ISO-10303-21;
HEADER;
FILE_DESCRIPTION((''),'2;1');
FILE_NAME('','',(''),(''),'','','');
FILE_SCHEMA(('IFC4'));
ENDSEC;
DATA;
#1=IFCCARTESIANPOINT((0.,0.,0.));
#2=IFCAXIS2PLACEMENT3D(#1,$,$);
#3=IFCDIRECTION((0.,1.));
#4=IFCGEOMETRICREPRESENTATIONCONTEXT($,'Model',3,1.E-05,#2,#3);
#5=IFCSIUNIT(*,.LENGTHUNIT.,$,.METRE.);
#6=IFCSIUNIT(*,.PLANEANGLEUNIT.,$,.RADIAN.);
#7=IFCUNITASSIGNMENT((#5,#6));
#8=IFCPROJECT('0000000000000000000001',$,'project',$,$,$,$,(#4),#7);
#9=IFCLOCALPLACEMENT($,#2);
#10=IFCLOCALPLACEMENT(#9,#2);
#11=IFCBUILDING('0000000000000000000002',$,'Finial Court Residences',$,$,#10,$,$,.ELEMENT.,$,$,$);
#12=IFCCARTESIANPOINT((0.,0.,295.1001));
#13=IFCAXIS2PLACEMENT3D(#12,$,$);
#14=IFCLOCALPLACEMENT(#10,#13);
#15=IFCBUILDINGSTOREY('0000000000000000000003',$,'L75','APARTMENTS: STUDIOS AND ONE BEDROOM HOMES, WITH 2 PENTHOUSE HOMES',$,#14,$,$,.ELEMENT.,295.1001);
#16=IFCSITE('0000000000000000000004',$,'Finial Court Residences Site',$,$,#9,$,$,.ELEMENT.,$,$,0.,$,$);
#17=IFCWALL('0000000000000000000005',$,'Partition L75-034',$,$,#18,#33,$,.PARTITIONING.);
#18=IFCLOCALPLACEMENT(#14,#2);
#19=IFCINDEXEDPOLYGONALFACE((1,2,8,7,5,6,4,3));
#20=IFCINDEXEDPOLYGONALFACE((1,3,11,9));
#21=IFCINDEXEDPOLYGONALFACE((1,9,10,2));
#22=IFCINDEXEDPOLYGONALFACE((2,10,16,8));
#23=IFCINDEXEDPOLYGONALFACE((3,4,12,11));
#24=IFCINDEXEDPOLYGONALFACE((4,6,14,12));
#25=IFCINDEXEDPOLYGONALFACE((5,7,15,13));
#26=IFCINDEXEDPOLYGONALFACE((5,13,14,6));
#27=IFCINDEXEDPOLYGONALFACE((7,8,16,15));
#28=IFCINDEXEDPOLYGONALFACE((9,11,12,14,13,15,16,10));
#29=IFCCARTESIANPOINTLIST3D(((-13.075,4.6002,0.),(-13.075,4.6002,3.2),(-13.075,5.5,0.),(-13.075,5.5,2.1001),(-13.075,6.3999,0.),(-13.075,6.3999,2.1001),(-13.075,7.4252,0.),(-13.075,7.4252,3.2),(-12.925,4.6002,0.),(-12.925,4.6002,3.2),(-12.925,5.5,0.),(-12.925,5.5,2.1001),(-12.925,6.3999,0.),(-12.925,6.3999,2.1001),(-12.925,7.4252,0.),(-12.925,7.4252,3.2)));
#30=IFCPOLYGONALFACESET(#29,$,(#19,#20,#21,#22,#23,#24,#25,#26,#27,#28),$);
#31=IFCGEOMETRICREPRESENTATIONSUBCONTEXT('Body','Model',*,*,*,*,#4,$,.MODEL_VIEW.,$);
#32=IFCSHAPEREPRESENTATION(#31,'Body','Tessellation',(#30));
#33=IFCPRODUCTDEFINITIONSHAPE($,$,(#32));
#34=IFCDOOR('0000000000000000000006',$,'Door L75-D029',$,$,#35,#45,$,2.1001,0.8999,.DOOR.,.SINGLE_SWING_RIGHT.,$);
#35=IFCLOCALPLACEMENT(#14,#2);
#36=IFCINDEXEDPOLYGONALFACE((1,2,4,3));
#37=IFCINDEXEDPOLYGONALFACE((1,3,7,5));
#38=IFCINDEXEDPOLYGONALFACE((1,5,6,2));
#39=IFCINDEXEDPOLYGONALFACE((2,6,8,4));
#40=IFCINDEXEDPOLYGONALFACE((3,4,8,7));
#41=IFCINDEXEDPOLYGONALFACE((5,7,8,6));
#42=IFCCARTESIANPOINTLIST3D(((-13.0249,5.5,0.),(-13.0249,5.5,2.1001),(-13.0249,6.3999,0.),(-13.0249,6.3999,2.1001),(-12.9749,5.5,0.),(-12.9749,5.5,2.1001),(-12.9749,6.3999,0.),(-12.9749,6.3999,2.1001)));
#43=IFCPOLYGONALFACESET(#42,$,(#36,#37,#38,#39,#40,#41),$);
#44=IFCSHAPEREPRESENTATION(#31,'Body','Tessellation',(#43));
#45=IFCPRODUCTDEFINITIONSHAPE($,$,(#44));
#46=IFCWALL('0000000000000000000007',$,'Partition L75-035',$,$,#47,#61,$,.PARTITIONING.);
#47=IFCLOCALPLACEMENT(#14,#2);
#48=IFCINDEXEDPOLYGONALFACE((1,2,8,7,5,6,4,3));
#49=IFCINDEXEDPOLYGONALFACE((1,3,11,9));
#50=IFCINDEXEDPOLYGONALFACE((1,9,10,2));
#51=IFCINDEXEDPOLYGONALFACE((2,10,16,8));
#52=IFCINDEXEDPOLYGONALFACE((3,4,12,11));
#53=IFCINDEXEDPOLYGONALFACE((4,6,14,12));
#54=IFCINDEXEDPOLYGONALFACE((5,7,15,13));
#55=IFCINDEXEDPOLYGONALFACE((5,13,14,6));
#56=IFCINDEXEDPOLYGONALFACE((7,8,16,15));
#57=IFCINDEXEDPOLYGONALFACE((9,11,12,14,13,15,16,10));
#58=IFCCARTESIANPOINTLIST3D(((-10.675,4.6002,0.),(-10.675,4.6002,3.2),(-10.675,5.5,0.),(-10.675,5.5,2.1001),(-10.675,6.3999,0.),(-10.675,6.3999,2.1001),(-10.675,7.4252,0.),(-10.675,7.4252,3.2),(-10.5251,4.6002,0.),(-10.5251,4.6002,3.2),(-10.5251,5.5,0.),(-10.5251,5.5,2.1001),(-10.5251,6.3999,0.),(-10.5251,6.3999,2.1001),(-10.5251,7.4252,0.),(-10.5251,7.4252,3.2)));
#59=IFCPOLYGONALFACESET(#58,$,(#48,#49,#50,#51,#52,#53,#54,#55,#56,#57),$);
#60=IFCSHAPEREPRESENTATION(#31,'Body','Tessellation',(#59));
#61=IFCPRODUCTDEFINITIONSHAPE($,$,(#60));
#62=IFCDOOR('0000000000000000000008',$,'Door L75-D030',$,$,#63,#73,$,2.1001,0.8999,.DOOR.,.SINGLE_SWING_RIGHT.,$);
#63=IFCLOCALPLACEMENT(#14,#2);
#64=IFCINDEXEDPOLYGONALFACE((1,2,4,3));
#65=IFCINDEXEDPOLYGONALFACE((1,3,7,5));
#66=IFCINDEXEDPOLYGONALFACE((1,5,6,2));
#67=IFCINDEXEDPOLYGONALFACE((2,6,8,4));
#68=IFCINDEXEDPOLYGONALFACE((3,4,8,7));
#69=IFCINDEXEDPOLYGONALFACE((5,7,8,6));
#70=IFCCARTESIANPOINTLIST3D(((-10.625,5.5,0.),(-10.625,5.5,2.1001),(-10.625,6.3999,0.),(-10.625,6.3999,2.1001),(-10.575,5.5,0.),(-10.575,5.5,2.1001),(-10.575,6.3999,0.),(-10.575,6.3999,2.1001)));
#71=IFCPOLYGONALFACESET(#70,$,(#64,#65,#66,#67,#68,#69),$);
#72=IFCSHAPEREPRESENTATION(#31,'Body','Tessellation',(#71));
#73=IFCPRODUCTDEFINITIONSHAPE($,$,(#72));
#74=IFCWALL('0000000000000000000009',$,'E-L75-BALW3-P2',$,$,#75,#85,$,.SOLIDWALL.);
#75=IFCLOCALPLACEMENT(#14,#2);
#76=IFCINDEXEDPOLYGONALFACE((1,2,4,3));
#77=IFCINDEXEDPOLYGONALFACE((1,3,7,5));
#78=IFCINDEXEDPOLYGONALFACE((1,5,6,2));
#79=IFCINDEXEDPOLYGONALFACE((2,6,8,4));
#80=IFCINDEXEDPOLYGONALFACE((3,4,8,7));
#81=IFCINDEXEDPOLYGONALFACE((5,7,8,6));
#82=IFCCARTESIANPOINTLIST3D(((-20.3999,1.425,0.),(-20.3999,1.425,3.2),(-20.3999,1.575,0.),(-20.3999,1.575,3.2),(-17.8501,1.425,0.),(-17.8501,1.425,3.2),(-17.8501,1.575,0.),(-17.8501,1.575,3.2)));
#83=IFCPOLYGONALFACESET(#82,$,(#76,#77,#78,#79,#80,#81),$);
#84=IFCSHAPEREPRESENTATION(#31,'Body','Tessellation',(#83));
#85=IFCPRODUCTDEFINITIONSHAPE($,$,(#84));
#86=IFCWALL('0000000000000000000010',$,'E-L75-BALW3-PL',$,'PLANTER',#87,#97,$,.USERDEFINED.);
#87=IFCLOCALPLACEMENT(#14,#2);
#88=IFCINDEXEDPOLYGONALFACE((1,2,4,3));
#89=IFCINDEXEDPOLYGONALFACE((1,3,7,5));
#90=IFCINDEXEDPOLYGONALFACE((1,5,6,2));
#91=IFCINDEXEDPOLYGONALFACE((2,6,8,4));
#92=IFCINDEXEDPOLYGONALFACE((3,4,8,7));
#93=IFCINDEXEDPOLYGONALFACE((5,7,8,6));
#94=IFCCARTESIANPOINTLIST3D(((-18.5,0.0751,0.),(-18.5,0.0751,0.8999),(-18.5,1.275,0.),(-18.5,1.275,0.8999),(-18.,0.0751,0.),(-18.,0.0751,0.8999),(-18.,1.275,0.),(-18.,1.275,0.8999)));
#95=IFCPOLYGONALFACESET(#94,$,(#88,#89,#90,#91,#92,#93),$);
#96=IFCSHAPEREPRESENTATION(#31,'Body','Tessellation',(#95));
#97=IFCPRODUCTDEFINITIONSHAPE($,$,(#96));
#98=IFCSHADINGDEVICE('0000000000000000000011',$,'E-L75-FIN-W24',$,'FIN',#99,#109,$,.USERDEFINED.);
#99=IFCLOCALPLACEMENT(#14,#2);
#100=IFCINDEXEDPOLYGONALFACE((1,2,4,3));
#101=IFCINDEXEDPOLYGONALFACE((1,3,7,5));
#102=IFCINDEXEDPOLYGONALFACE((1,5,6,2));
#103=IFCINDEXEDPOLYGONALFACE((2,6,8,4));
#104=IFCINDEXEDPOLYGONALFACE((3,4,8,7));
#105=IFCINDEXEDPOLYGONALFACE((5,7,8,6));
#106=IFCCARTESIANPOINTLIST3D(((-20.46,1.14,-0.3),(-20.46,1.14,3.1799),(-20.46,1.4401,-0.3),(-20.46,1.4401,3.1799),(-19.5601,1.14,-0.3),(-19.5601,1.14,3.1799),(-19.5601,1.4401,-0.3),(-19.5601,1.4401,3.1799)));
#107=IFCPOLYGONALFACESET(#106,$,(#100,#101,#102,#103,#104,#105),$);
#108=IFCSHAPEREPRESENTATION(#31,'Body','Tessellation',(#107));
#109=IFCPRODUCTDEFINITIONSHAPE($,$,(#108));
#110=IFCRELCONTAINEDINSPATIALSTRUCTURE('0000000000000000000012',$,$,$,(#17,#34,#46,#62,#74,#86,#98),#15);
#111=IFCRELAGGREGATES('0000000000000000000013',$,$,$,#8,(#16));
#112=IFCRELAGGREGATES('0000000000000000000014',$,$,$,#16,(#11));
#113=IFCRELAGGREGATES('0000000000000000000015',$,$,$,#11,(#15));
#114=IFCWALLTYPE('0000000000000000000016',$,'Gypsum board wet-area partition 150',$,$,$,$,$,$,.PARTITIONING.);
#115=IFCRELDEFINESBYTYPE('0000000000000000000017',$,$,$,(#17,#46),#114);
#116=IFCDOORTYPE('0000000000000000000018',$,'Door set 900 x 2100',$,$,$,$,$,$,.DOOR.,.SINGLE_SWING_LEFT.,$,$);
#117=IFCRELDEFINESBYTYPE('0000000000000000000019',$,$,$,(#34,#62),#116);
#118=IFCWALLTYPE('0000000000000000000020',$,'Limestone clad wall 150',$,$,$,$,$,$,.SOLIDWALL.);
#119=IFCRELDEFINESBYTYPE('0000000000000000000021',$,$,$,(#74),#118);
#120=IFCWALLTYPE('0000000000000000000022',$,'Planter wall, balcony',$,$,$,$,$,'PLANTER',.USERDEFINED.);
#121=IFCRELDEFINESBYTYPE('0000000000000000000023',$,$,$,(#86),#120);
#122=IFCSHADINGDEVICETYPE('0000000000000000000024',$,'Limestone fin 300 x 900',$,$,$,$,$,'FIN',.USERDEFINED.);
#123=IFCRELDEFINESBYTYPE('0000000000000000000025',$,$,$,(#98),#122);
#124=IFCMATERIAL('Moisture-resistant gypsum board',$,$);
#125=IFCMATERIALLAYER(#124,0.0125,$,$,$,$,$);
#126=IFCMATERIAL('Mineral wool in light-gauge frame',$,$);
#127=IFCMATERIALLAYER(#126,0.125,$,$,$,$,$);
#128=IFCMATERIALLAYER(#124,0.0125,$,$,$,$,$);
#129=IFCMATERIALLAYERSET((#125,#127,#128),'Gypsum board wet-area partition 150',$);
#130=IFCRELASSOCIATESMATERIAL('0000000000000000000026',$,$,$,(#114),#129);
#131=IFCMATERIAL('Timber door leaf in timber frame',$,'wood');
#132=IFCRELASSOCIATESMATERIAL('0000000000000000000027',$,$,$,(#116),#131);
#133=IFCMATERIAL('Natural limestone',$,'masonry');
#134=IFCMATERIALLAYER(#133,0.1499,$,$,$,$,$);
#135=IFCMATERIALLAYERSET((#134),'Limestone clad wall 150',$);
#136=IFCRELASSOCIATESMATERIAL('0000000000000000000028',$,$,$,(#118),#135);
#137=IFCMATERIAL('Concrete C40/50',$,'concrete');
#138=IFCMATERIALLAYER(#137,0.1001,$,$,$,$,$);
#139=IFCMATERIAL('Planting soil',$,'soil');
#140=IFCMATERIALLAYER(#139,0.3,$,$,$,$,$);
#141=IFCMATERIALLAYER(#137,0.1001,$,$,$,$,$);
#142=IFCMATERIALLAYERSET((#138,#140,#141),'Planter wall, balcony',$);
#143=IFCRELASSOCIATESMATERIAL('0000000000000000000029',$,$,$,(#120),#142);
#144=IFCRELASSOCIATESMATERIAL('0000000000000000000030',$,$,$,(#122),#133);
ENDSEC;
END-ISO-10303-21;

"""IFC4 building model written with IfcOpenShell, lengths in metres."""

from ifc_helpers import new_model, si_unit, direction, frame, frame_2d, origin, origin_2d, place, context, subcontext, project, spatial, rectangle, extrude, material, layer, layer_set, type_object, element, fill, save


model = new_model("IFC4")

# Units and contexts
model_context = context("Model", 3, precision=1e-05, world=origin(), true_north=direction((0.0, 1.0)))
body_context = subcontext(model_context, "Body", "Model", "MODEL_VIEW")
ifc_project = project(units=[si_unit("LENGTHUNIT", "METRE"), si_unit("PLANEANGLEUNIT", "RADIAN")], contexts=[model_context])

# Site, building, storey
site_placement = place(None, origin())
site = spatial("IfcSite", under=ifc_project, at=site_placement, Name="Finial Court Residences Site", CompositionType="ELEMENT", RefElevation=0.0)
building_placement = place(site_placement, origin())
building = spatial("IfcBuilding", under=site, at=building_placement, Name="Finial Court Residences", CompositionType="ELEMENT")
storey_placement = place(building_placement, frame((0.0, 0.0, 295.1001)))
storey = spatial("IfcBuildingStorey", under=building, at=storey_placement, Name="L75", Description="APARTMENTS: STUDIOS AND ONE BEDROOM HOMES, WITH 2 PENTHOUSE HOMES", CompositionType="ELEMENT", Elevation=295.1001)

# Shared definitions
ifc_material_1 = material(Name="Moisture-resistant gypsum board")
ifc_layer_1 = layer(ifc_material_1, 0.0125)
ifc_material_2 = material(Name="Mineral wool in light-gauge frame")
ifc_layer_2 = layer(ifc_material_2, 0.125)
ifc_layer_3 = layer(ifc_material_1, 0.0125)
ifc_layer_set_1 = layer_set([ifc_layer_1, ifc_layer_2, ifc_layer_3], Name="Gypsum board wet-area partition 150")
wall_type_1 = type_object("IfcWallType", Name="Gypsum board wet-area partition 150", PredefinedType="PARTITIONING", material=ifc_layer_set_1)

# Walls, openings, doors
ifc_material_3 = material(Name="Timber door leaf in timber frame", Category="wood")
door_type_1 = type_object("IfcDoorType", Name="Door set 900 x 2100", OperationType="SINGLE_SWING_LEFT", PredefinedType="DOOR", material=ifc_material_3)
wall_1_placement = place(storey_placement, frame((-13.0, 4.6001, 0.0), z_axis=(0.0, 0.0, 1.0), x_axis=(0.0, 1.0, 0.0)))
wall_1 = element("IfcWall", 1, at=wall_1_placement, inside=storey, type_object=wall_type_1, Name="Partition L75-034", PredefinedType="PARTITIONING", context=body_context, shape_type="SweptSolid", body=[
    extrude(rectangle(XDim=2.825, YDim=0.1499, at=frame_2d((1.4126, 0.0))), origin(), (0.0, 0.0, 1.0), 3.2),
])
opening_1_placement = place(wall_1_placement, frame((0.8999, 0.0, 0.0)))
opening_1 = element("IfcOpeningElement", 2, at=opening_1_placement, cuts=wall_1, PredefinedType="OPENING", context=body_context, shape_type="SweptSolid", body=[
    extrude(rectangle(XDim=0.8999, YDim=2.1001, at=frame_2d((0.45, 1.05))), frame((0.0, 0.085, 0.0), z_axis=(0.0, -1.0, 0.0), x_axis=(1.0, 0.0, 0.0)), (0.0, 0.0, 1.0), 0.1699),
])
door_1_placement = place(opening_1_placement, origin())
door_1 = element("IfcDoor", 3, at=door_1_placement, inside=storey, type_object=door_type_1, Name="Door L75-D029", OperationType="SINGLE_SWING_RIGHT", OverallHeight=2.1001, OverallWidth=0.8999, PredefinedType="DOOR", context=body_context, shape_type="SweptSolid", body=[
    extrude(rectangle(XDim=0.8999, YDim=2.1001, at=frame_2d((0.45, 1.05))), frame((0.0, 0.0249, 0.0), z_axis=(0.0, -1.0, 0.0), x_axis=(1.0, 0.0, 0.0)), (0.0, 0.0, 1.0), 0.05),
])
fill(opening_1, door_1)
wall_2_placement = place(storey_placement, frame((-10.6001, 4.6001, 0.0), z_axis=(0.0, 0.0, 1.0), x_axis=(0.0, 1.0, 0.0)))
wall_2 = element("IfcWall", 4, at=wall_2_placement, inside=storey, type_object=wall_type_1, Name="Partition L75-035", PredefinedType="PARTITIONING", context=body_context, shape_type="SweptSolid", body=[
    extrude(rectangle(XDim=2.825, YDim=0.1499, at=frame_2d((1.4126, 0.0))), origin(), (0.0, 0.0, 1.0), 3.2),
])
opening_2_placement = place(wall_2_placement, frame((0.8999, 0.0, 0.0)))
opening_2 = element("IfcOpeningElement", 5, at=opening_2_placement, cuts=wall_2, PredefinedType="OPENING", context=body_context, shape_type="SweptSolid", body=[
    extrude(rectangle(XDim=0.8999, YDim=2.1001, at=frame_2d((0.45, 1.05))), frame((0.0, 0.085, 0.0), z_axis=(0.0, -1.0, 0.0), x_axis=(1.0, 0.0, 0.0)), (0.0, 0.0, 1.0), 0.1699),
])
door_2_placement = place(opening_2_placement, origin())
door_2 = element("IfcDoor", 6, at=door_2_placement, inside=storey, type_object=door_type_1, Name="Door L75-D030", OperationType="SINGLE_SWING_RIGHT", OverallHeight=2.1001, OverallWidth=0.8999, PredefinedType="DOOR", context=body_context, shape_type="SweptSolid", body=[
    extrude(rectangle(XDim=0.8999, YDim=2.1001, at=frame_2d((0.45, 1.05))), frame((0.0, 0.0249, 0.0), z_axis=(0.0, -1.0, 0.0), x_axis=(1.0, 0.0, 0.0)), (0.0, 0.0, 1.0), 0.05),
])
fill(opening_2, door_2)

# Walls
ifc_material_4 = material(Name="Natural limestone", Category="masonry")
ifc_layer_4 = layer(ifc_material_4, 0.1499)
ifc_layer_set_2 = layer_set([ifc_layer_4], Name="Limestone clad wall 150")
wall_type_2 = type_object("IfcWallType", Name="Limestone clad wall 150", PredefinedType="SOLIDWALL", material=ifc_layer_set_2)
wall_3_placement = place(storey_placement, frame((-17.8501, 1.5, 0.0), z_axis=(0.0, 0.0, 1.0), x_axis=(-1.0, 0.0, 0.0)))
element("IfcWall", 7, at=wall_3_placement, inside=storey, type_object=wall_type_2, Name="E-L75-BALW3-P2", PredefinedType="SOLIDWALL", context=body_context, shape_type="SweptSolid", body=[
    extrude(rectangle(XDim=2.5498, YDim=0.1499, at=frame_2d((1.2749, 0.0))), origin(), (0.0, 0.0, 1.0), 3.2),
])
ifc_material_5 = material(Name="Concrete C40/50", Category="concrete")
ifc_layer_5 = layer(ifc_material_5, 0.1001)
ifc_material_6 = material(Name="Planting soil", Category="soil")
ifc_layer_6 = layer(ifc_material_6, 0.3)
ifc_layer_7 = layer(ifc_material_5, 0.1001)
ifc_layer_set_3 = layer_set([ifc_layer_5, ifc_layer_6, ifc_layer_7], Name="Planter wall, balcony")
wall_type_3 = type_object("IfcWallType", Name="Planter wall, balcony", ElementType="PLANTER", PredefinedType="USERDEFINED", material=ifc_layer_set_3)
wall_4_placement = place(storey_placement, frame((-18.25, 0.075, 0.0), z_axis=(0.0, 0.0, 1.0), x_axis=(0.0, 1.0, 0.0)))
element("IfcWall", 8, at=wall_4_placement, inside=storey, type_object=wall_type_3, Name="E-L75-BALW3-PL", ObjectType="PLANTER", PredefinedType="USERDEFINED", context=body_context, shape_type="SweptSolid", body=[
    extrude(rectangle(XDim=1.2, YDim=0.5, at=frame_2d((0.6001, 0.0))), origin(), (0.0, 0.0, 1.0), 0.8999),
])

# Shading device
shading_device_type = type_object("IfcShadingDeviceType", Name="Limestone fin 300 x 900", ElementType="FIN", PredefinedType="USERDEFINED", material=ifc_material_4)
shading_device_placement = place(storey_placement, frame((-20.01, 1.29, -0.3), z_axis=(0.0, 0.0, 1.0), x_axis=(1.0, 0.0, 0.0)))
element("IfcShadingDevice", 9, at=shading_device_placement, inside=storey, type_object=shading_device_type, Name="E-L75-FIN-W24", ObjectType="FIN", PredefinedType="USERDEFINED", context=body_context, shape_type="SweptSolid", body=[
    extrude(rectangle(XDim=0.8999, YDim=0.3, at=origin_2d()), origin(), (0.0, 0.0, 1.0), 3.48),
])

save(model, "model.ifc")
